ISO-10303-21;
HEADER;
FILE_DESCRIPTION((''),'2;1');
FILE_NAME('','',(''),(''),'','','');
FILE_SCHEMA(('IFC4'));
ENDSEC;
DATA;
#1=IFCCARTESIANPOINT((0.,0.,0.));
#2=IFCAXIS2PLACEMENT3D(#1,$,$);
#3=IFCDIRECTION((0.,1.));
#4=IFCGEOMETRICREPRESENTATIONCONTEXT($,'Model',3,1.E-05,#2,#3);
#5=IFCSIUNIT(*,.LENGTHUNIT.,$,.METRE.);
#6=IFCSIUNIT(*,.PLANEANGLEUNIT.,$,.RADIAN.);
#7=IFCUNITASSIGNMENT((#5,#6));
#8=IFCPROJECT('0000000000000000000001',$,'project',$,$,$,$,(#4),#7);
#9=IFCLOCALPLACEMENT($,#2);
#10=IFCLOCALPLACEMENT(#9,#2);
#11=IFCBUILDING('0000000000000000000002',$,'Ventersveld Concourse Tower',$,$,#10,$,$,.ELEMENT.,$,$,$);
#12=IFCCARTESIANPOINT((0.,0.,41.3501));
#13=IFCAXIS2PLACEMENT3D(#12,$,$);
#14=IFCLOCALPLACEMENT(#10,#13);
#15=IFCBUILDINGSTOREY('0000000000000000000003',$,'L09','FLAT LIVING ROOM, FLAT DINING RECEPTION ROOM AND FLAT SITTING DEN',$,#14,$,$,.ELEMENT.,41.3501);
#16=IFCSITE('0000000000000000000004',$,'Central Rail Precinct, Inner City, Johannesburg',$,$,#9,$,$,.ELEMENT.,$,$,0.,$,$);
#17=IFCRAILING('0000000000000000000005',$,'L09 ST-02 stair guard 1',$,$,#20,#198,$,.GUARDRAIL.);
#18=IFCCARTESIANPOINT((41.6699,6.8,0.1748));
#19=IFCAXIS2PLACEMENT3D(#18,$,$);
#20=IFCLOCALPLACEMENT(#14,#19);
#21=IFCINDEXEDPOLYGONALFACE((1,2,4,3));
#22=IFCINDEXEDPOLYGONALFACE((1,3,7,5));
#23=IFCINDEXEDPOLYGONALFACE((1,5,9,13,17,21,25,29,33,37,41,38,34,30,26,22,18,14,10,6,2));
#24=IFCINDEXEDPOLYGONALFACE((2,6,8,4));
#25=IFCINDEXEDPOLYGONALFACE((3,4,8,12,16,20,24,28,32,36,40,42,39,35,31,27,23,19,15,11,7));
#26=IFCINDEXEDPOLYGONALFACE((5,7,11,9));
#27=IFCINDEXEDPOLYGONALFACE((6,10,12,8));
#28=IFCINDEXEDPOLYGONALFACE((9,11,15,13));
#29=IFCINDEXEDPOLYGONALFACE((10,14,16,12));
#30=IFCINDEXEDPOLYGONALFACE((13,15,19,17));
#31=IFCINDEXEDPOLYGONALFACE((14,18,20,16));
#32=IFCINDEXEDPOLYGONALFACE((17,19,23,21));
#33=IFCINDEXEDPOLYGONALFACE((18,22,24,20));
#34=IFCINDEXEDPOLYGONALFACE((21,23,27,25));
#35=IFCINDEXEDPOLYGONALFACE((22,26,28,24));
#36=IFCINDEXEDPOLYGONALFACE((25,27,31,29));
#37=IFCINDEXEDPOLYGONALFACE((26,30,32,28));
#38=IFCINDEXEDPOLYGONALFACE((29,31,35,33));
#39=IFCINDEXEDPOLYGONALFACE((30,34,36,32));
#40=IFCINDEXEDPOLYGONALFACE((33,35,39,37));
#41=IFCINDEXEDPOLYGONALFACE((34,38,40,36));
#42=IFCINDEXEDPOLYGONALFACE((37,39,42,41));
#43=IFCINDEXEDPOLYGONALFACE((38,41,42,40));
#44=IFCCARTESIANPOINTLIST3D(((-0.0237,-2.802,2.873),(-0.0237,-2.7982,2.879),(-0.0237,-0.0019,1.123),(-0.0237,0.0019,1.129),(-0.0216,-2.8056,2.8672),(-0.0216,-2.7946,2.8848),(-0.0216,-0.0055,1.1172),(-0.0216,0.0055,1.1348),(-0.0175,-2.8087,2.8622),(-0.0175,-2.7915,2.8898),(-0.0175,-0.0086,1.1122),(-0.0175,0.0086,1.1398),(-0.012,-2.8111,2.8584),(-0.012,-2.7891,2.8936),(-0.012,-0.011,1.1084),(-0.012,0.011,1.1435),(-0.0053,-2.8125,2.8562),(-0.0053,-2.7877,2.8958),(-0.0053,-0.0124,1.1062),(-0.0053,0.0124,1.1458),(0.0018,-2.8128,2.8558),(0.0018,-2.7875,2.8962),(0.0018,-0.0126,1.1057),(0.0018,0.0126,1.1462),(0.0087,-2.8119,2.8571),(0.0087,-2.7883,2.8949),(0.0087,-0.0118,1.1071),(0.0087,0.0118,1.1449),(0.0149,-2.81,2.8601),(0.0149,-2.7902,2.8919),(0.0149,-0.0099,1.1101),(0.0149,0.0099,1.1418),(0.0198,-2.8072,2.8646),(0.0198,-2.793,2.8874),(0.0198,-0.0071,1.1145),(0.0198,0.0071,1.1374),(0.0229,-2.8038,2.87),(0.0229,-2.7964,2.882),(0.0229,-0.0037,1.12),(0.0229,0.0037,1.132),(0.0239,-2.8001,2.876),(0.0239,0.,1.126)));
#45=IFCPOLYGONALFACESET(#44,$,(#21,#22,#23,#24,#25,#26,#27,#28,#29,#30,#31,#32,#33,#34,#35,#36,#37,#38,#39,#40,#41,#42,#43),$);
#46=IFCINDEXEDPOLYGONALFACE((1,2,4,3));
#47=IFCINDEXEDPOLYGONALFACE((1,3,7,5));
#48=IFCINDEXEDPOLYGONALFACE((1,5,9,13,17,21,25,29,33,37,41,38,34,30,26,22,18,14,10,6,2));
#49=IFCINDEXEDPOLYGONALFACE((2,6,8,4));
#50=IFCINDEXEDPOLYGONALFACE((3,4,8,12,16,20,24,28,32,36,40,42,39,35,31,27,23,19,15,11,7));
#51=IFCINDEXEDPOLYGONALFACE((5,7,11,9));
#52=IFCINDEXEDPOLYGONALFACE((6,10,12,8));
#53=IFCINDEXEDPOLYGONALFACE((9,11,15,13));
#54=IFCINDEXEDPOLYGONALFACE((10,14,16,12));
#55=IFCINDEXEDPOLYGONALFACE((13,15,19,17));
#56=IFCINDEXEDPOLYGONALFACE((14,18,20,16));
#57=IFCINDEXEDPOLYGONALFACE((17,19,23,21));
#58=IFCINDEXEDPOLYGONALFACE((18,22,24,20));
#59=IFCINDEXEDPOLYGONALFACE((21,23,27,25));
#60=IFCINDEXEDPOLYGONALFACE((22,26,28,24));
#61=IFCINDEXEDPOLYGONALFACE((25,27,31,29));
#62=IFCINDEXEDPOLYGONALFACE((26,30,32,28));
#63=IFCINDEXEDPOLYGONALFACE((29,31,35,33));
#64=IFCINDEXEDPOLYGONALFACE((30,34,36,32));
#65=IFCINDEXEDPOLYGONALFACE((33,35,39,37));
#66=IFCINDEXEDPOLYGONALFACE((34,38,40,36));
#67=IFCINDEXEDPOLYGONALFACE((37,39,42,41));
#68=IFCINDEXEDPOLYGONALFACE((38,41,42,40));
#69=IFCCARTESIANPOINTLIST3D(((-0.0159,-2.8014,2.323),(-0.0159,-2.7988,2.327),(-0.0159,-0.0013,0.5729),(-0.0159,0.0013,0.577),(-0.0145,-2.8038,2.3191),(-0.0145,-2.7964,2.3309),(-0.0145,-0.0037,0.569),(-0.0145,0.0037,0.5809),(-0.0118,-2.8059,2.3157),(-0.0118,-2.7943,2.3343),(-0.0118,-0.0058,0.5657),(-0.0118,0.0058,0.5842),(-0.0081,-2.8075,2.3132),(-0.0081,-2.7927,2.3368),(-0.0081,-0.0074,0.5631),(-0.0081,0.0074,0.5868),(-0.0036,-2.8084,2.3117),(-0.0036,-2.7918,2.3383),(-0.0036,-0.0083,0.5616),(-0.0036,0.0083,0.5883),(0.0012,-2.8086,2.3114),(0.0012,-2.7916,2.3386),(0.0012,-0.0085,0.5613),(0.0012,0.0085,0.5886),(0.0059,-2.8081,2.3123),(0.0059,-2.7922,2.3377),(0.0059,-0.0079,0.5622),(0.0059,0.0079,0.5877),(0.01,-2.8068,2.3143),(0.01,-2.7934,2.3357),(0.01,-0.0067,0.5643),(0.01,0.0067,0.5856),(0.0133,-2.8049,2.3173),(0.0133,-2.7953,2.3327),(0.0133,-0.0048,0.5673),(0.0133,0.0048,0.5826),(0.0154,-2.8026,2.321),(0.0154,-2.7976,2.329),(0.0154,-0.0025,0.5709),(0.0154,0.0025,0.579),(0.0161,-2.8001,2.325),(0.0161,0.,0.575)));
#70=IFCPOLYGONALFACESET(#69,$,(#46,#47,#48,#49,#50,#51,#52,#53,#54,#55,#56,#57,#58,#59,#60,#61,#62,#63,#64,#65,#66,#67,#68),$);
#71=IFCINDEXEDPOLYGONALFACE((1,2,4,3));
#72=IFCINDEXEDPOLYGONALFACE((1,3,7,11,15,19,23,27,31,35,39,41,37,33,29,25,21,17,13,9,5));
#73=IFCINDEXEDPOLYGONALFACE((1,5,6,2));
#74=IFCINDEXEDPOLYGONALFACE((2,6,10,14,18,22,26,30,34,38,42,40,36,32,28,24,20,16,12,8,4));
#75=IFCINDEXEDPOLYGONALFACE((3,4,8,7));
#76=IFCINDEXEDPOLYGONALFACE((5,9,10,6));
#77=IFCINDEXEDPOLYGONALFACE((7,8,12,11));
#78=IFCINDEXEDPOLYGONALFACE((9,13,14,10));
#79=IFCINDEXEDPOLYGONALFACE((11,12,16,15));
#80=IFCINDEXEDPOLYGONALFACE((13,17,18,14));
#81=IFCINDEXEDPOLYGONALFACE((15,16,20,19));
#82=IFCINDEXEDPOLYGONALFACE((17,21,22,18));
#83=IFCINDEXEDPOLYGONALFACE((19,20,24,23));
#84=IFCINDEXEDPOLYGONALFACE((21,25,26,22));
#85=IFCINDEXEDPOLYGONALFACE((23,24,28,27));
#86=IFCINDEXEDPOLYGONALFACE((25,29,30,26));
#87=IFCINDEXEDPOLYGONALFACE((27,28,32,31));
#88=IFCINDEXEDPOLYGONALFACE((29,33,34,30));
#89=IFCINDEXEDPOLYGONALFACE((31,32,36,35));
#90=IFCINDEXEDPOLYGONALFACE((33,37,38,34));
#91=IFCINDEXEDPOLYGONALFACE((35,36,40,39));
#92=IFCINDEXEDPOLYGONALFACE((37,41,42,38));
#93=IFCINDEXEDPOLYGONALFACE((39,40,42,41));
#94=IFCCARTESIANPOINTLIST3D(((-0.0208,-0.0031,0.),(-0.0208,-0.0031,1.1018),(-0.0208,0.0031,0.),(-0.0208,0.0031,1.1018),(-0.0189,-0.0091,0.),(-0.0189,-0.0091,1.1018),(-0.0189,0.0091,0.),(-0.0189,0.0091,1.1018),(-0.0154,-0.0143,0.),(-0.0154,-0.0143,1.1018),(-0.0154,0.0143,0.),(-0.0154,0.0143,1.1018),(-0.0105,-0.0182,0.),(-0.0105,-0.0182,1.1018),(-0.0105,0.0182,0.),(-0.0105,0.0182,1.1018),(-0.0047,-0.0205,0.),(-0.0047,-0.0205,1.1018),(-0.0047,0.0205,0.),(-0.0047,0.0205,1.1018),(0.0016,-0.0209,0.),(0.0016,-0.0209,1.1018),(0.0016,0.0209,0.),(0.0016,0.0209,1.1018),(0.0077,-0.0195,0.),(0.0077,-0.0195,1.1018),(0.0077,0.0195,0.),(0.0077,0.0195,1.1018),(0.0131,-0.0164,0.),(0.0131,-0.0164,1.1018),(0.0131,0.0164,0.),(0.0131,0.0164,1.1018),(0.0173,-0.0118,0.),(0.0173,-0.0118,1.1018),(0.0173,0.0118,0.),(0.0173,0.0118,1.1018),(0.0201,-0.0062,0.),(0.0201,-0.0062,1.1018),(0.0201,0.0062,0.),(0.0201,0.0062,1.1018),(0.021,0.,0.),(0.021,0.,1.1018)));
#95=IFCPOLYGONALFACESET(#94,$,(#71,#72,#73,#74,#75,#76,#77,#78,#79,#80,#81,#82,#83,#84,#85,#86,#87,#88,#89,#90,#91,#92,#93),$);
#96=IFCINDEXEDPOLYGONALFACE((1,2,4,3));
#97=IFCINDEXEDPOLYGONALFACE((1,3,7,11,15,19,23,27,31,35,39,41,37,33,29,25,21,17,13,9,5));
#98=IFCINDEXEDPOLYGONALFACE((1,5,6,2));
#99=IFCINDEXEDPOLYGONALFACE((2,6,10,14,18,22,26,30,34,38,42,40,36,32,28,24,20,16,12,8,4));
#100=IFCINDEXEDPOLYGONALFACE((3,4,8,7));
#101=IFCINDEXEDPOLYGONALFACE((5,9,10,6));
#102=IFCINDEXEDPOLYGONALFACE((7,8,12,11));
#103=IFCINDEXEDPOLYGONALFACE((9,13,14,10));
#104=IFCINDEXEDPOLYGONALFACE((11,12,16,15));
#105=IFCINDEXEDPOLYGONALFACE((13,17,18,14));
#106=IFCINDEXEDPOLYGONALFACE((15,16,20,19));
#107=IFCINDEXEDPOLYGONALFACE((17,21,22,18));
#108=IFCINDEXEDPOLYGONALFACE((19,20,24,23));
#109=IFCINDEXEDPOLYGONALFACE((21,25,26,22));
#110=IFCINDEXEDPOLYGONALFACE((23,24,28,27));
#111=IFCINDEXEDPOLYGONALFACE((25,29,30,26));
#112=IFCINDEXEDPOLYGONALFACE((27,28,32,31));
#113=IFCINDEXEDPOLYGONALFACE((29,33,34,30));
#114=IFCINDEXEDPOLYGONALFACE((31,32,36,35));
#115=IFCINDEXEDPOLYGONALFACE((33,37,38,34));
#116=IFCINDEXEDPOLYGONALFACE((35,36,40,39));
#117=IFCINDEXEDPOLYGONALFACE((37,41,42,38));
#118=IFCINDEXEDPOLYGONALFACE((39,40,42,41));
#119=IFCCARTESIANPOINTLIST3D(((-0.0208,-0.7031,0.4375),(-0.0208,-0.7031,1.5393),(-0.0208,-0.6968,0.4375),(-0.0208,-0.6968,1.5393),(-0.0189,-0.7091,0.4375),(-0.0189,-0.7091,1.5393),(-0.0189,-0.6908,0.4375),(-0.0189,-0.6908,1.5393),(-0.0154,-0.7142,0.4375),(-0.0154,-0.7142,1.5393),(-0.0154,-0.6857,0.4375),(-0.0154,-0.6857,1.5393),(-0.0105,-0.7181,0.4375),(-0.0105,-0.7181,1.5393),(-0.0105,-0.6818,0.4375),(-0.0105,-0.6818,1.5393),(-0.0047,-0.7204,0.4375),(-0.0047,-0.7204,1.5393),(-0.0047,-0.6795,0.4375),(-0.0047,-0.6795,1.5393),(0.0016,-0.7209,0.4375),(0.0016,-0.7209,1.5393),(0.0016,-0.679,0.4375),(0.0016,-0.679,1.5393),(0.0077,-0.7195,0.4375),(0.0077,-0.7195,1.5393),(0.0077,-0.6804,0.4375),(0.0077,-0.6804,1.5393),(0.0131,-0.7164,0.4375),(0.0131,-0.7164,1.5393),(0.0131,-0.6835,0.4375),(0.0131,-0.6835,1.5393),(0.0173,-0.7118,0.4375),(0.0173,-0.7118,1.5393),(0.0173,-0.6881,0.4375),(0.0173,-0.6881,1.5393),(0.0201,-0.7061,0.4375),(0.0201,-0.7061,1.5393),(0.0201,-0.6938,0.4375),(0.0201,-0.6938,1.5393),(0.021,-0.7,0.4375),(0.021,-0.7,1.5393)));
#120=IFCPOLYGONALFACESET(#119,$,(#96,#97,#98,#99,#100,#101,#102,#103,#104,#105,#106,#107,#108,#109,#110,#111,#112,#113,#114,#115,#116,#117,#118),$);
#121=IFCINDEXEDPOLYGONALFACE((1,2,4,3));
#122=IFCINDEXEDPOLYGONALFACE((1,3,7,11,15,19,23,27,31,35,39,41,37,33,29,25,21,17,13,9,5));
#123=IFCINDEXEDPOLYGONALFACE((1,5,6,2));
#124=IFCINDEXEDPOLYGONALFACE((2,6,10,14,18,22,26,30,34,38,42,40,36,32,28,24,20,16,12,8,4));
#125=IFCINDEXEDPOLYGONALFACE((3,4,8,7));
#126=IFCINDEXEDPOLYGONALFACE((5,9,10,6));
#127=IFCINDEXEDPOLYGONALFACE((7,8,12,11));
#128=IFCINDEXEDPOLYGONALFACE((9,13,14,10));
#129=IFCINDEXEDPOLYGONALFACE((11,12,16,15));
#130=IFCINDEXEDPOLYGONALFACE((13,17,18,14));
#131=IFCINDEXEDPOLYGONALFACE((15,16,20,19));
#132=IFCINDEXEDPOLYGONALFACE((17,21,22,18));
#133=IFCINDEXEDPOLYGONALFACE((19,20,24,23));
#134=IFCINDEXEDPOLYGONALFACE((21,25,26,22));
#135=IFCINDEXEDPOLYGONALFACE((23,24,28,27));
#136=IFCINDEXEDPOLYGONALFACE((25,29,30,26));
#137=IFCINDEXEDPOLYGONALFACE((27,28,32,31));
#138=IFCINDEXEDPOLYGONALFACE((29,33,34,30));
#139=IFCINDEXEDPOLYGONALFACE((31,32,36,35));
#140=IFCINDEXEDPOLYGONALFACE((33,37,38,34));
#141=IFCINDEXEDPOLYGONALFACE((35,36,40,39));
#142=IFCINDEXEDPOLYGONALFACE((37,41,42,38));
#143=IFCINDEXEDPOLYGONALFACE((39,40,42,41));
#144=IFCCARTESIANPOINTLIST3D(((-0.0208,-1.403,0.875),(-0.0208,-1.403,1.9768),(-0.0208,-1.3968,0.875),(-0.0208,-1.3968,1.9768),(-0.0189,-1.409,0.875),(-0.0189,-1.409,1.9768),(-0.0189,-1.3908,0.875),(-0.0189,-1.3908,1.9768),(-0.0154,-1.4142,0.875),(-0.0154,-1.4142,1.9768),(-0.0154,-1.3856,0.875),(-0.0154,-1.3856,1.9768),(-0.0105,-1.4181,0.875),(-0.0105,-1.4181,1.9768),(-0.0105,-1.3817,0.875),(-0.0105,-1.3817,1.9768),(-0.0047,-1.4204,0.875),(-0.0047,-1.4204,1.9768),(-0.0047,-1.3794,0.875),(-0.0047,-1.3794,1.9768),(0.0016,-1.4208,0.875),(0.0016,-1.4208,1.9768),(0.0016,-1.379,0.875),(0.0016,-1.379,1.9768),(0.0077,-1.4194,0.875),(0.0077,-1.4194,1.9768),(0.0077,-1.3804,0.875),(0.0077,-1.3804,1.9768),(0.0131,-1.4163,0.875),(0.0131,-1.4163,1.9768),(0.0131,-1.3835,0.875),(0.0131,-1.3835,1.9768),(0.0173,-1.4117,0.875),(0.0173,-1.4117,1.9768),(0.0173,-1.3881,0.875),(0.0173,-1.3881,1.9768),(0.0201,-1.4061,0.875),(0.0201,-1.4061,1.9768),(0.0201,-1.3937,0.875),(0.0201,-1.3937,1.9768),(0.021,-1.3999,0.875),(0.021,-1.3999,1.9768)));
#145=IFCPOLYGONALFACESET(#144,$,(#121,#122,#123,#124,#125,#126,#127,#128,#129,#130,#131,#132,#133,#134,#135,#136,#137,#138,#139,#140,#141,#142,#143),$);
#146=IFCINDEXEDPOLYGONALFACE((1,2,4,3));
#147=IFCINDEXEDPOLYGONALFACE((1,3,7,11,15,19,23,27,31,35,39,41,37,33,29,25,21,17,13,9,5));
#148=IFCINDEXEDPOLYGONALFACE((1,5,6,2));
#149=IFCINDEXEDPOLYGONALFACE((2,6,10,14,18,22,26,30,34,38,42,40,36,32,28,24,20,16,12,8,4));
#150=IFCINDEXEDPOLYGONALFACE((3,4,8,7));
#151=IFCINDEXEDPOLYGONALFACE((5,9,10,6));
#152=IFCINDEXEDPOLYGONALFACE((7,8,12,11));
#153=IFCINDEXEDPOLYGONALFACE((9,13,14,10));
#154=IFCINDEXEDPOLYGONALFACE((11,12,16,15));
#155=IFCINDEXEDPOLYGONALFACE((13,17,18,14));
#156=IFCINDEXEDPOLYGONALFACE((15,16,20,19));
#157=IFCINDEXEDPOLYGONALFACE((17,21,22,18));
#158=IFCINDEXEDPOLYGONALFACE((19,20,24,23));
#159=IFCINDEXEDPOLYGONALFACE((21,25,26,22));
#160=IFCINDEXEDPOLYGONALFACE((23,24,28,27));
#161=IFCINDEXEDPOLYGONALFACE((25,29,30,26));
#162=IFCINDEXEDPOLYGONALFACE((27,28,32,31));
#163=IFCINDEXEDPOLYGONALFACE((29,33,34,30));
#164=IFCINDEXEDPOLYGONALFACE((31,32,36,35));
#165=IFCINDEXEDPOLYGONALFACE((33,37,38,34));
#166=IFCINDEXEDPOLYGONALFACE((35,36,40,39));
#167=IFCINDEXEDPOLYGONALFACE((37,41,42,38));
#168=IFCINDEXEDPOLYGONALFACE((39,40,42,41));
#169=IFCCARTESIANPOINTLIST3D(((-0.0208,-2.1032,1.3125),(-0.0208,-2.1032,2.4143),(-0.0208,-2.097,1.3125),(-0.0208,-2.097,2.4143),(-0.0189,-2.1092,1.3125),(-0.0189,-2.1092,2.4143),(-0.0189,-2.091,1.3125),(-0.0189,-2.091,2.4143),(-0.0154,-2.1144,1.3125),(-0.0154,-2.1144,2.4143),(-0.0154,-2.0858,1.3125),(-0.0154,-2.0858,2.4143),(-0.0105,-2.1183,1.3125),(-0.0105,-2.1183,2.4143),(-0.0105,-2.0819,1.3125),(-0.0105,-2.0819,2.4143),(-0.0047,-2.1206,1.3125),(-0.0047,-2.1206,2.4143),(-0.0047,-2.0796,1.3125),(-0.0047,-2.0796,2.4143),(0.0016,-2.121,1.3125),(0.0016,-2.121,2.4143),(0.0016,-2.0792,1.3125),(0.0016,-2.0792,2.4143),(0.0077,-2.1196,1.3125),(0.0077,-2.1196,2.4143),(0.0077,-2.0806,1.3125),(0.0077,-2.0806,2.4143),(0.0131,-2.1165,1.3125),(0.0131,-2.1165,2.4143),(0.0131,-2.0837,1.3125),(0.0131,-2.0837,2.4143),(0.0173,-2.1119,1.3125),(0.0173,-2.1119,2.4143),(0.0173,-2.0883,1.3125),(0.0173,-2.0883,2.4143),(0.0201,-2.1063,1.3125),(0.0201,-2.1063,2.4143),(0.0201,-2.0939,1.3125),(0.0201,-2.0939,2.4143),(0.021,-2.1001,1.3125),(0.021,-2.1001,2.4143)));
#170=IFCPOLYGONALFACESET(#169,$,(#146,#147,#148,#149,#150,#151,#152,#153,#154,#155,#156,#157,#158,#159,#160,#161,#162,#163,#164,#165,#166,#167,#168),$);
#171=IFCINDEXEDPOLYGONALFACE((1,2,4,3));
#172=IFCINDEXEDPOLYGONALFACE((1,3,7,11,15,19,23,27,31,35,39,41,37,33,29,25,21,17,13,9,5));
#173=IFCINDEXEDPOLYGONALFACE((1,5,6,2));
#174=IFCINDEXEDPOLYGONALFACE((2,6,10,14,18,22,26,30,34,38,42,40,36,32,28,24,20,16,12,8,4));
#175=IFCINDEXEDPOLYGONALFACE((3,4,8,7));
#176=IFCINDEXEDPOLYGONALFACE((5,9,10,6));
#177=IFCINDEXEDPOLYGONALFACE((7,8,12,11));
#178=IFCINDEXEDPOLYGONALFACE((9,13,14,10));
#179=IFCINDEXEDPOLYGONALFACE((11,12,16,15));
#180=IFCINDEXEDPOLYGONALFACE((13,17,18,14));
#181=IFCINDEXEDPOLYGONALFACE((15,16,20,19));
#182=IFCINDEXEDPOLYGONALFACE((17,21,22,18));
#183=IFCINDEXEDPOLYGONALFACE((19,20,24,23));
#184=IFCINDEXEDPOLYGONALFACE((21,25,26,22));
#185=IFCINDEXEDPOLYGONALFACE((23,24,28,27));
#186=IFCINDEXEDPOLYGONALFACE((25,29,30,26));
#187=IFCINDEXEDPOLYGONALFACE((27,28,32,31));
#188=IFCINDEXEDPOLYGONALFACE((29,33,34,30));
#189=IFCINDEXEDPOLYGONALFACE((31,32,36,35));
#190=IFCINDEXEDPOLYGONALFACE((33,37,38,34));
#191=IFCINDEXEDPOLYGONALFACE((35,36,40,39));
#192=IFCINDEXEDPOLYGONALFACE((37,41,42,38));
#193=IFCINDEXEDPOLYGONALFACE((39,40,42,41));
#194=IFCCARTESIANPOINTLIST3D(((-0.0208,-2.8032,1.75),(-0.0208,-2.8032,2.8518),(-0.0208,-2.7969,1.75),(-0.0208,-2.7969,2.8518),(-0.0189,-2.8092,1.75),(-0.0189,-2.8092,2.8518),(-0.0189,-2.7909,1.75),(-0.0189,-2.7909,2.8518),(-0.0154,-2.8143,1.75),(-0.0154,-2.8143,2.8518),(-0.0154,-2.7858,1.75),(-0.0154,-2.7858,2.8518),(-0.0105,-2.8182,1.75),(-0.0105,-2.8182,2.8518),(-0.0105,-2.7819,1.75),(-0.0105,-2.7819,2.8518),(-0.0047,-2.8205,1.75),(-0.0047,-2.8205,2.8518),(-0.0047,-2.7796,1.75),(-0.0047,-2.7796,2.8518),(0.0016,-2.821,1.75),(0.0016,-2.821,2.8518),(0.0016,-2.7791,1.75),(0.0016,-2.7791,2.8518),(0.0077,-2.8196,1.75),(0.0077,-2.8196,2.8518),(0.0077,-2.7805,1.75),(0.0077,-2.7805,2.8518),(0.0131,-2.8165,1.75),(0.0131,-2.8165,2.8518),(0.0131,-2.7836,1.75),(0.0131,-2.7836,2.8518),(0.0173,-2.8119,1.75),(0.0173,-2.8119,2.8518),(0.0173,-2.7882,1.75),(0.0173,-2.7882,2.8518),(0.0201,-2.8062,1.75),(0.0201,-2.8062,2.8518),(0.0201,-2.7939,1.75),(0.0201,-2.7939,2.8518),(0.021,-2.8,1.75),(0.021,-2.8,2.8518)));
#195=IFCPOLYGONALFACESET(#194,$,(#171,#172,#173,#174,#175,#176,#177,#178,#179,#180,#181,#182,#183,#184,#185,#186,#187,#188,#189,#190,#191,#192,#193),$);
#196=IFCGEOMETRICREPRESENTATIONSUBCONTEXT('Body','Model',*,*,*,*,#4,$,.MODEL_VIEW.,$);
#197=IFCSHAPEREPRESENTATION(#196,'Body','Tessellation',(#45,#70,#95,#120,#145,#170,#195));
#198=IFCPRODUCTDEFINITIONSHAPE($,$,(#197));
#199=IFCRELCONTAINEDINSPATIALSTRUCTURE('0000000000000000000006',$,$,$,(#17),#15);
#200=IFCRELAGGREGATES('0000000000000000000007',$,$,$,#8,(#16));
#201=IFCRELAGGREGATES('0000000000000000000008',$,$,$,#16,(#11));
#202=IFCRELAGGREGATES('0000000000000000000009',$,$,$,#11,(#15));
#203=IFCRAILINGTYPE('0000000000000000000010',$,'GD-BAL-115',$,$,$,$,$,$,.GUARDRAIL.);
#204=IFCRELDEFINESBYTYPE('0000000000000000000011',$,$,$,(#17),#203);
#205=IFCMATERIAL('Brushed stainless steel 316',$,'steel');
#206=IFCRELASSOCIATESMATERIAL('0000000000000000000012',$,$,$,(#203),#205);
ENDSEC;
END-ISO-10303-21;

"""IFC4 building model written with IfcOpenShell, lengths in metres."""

from ifc_helpers import new_model, si_unit, direction, frame, origin, origin_2d, place, context, subcontext, project, spatial, circle, extrude, material, type_object, element, save


model = new_model("IFC4")

# Units and contexts
model_context = context("Model", 3, precision=1e-05, world=origin(), true_north=direction((0.0, 1.0)))
body_context = subcontext(model_context, "Body", "Model", "MODEL_VIEW")
ifc_project = project(units=[si_unit("LENGTHUNIT", "METRE"), si_unit("PLANEANGLEUNIT", "RADIAN")], contexts=[model_context])

# Site, building, storey
site_placement = place(None, origin())
site = spatial("IfcSite", under=ifc_project, at=site_placement, Name="Central Rail Precinct, Inner City, Johannesburg", CompositionType="ELEMENT", RefElevation=0.0)
building_placement = place(site_placement, origin())
building = spatial("IfcBuilding", under=site, at=building_placement, Name="Ventersveld Concourse Tower", CompositionType="ELEMENT")
storey_placement = place(building_placement, frame((0.0, 0.0, 41.3501)))
storey = spatial("IfcBuildingStorey", under=building, at=storey_placement, Name="L09", Description="FLAT LIVING ROOM, FLAT DINING RECEPTION ROOM AND FLAT SITTING DEN", CompositionType="ELEMENT", Elevation=41.3501)

# Railing
ifc_material_1 = material(Name="Brushed stainless steel 316", Category="steel")
railing_type_1 = type_object("IfcRailingType", Name="GD-BAL-115", PredefinedType="GUARDRAIL", material=ifc_material_1)
railing_1_placement = place(storey_placement, frame((41.6699, 6.8, 0.1748)))
element("IfcRailing", 1, at=railing_1_placement, inside=storey, type_object=railing_type_1, Name="L09 ST-02 stair guard 1", PredefinedType="GUARDRAIL", context=body_context, shape_type="SweptSolid", body=[
    extrude(circle(Radius=0.0239, at=origin_2d()), frame((0.0, 0.0, 1.126), z_axis=(0.0, -0.848002, 0.529992), x_axis=(1.0, 0.0, 0.0)), (0.0, 0.0, 1.0), 3.302),
    extrude(circle(Radius=0.0161, at=origin_2d()), frame((0.0, 0.0, 0.575), z_axis=(0.0, -0.848002, 0.529992), x_axis=(1.0, 0.0, 0.0)), (0.0, 0.0, 1.0), 3.302),
    extrude(circle(Radius=0.021, at=origin_2d()), origin(), (0.0, 0.0, 1.0), 1.1018),
    extrude(circle(Radius=0.021, at=origin_2d()), frame((0.0, -0.7, 0.4375)), (0.0, 0.0, 1.0), 1.1018),
    extrude(circle(Radius=0.021, at=origin_2d()), frame((0.0, -1.3999, 0.875)), (0.0, 0.0, 1.0), 1.1018),
    extrude(circle(Radius=0.021, at=origin_2d()), frame((0.0, -2.1001, 1.3125)), (0.0, 0.0, 1.0), 1.1018),
    extrude(circle(Radius=0.021, at=origin_2d()), frame((0.0, -2.8, 1.75)), (0.0, 0.0, 1.0), 1.1018),
])

save(model, "model.ifc")
